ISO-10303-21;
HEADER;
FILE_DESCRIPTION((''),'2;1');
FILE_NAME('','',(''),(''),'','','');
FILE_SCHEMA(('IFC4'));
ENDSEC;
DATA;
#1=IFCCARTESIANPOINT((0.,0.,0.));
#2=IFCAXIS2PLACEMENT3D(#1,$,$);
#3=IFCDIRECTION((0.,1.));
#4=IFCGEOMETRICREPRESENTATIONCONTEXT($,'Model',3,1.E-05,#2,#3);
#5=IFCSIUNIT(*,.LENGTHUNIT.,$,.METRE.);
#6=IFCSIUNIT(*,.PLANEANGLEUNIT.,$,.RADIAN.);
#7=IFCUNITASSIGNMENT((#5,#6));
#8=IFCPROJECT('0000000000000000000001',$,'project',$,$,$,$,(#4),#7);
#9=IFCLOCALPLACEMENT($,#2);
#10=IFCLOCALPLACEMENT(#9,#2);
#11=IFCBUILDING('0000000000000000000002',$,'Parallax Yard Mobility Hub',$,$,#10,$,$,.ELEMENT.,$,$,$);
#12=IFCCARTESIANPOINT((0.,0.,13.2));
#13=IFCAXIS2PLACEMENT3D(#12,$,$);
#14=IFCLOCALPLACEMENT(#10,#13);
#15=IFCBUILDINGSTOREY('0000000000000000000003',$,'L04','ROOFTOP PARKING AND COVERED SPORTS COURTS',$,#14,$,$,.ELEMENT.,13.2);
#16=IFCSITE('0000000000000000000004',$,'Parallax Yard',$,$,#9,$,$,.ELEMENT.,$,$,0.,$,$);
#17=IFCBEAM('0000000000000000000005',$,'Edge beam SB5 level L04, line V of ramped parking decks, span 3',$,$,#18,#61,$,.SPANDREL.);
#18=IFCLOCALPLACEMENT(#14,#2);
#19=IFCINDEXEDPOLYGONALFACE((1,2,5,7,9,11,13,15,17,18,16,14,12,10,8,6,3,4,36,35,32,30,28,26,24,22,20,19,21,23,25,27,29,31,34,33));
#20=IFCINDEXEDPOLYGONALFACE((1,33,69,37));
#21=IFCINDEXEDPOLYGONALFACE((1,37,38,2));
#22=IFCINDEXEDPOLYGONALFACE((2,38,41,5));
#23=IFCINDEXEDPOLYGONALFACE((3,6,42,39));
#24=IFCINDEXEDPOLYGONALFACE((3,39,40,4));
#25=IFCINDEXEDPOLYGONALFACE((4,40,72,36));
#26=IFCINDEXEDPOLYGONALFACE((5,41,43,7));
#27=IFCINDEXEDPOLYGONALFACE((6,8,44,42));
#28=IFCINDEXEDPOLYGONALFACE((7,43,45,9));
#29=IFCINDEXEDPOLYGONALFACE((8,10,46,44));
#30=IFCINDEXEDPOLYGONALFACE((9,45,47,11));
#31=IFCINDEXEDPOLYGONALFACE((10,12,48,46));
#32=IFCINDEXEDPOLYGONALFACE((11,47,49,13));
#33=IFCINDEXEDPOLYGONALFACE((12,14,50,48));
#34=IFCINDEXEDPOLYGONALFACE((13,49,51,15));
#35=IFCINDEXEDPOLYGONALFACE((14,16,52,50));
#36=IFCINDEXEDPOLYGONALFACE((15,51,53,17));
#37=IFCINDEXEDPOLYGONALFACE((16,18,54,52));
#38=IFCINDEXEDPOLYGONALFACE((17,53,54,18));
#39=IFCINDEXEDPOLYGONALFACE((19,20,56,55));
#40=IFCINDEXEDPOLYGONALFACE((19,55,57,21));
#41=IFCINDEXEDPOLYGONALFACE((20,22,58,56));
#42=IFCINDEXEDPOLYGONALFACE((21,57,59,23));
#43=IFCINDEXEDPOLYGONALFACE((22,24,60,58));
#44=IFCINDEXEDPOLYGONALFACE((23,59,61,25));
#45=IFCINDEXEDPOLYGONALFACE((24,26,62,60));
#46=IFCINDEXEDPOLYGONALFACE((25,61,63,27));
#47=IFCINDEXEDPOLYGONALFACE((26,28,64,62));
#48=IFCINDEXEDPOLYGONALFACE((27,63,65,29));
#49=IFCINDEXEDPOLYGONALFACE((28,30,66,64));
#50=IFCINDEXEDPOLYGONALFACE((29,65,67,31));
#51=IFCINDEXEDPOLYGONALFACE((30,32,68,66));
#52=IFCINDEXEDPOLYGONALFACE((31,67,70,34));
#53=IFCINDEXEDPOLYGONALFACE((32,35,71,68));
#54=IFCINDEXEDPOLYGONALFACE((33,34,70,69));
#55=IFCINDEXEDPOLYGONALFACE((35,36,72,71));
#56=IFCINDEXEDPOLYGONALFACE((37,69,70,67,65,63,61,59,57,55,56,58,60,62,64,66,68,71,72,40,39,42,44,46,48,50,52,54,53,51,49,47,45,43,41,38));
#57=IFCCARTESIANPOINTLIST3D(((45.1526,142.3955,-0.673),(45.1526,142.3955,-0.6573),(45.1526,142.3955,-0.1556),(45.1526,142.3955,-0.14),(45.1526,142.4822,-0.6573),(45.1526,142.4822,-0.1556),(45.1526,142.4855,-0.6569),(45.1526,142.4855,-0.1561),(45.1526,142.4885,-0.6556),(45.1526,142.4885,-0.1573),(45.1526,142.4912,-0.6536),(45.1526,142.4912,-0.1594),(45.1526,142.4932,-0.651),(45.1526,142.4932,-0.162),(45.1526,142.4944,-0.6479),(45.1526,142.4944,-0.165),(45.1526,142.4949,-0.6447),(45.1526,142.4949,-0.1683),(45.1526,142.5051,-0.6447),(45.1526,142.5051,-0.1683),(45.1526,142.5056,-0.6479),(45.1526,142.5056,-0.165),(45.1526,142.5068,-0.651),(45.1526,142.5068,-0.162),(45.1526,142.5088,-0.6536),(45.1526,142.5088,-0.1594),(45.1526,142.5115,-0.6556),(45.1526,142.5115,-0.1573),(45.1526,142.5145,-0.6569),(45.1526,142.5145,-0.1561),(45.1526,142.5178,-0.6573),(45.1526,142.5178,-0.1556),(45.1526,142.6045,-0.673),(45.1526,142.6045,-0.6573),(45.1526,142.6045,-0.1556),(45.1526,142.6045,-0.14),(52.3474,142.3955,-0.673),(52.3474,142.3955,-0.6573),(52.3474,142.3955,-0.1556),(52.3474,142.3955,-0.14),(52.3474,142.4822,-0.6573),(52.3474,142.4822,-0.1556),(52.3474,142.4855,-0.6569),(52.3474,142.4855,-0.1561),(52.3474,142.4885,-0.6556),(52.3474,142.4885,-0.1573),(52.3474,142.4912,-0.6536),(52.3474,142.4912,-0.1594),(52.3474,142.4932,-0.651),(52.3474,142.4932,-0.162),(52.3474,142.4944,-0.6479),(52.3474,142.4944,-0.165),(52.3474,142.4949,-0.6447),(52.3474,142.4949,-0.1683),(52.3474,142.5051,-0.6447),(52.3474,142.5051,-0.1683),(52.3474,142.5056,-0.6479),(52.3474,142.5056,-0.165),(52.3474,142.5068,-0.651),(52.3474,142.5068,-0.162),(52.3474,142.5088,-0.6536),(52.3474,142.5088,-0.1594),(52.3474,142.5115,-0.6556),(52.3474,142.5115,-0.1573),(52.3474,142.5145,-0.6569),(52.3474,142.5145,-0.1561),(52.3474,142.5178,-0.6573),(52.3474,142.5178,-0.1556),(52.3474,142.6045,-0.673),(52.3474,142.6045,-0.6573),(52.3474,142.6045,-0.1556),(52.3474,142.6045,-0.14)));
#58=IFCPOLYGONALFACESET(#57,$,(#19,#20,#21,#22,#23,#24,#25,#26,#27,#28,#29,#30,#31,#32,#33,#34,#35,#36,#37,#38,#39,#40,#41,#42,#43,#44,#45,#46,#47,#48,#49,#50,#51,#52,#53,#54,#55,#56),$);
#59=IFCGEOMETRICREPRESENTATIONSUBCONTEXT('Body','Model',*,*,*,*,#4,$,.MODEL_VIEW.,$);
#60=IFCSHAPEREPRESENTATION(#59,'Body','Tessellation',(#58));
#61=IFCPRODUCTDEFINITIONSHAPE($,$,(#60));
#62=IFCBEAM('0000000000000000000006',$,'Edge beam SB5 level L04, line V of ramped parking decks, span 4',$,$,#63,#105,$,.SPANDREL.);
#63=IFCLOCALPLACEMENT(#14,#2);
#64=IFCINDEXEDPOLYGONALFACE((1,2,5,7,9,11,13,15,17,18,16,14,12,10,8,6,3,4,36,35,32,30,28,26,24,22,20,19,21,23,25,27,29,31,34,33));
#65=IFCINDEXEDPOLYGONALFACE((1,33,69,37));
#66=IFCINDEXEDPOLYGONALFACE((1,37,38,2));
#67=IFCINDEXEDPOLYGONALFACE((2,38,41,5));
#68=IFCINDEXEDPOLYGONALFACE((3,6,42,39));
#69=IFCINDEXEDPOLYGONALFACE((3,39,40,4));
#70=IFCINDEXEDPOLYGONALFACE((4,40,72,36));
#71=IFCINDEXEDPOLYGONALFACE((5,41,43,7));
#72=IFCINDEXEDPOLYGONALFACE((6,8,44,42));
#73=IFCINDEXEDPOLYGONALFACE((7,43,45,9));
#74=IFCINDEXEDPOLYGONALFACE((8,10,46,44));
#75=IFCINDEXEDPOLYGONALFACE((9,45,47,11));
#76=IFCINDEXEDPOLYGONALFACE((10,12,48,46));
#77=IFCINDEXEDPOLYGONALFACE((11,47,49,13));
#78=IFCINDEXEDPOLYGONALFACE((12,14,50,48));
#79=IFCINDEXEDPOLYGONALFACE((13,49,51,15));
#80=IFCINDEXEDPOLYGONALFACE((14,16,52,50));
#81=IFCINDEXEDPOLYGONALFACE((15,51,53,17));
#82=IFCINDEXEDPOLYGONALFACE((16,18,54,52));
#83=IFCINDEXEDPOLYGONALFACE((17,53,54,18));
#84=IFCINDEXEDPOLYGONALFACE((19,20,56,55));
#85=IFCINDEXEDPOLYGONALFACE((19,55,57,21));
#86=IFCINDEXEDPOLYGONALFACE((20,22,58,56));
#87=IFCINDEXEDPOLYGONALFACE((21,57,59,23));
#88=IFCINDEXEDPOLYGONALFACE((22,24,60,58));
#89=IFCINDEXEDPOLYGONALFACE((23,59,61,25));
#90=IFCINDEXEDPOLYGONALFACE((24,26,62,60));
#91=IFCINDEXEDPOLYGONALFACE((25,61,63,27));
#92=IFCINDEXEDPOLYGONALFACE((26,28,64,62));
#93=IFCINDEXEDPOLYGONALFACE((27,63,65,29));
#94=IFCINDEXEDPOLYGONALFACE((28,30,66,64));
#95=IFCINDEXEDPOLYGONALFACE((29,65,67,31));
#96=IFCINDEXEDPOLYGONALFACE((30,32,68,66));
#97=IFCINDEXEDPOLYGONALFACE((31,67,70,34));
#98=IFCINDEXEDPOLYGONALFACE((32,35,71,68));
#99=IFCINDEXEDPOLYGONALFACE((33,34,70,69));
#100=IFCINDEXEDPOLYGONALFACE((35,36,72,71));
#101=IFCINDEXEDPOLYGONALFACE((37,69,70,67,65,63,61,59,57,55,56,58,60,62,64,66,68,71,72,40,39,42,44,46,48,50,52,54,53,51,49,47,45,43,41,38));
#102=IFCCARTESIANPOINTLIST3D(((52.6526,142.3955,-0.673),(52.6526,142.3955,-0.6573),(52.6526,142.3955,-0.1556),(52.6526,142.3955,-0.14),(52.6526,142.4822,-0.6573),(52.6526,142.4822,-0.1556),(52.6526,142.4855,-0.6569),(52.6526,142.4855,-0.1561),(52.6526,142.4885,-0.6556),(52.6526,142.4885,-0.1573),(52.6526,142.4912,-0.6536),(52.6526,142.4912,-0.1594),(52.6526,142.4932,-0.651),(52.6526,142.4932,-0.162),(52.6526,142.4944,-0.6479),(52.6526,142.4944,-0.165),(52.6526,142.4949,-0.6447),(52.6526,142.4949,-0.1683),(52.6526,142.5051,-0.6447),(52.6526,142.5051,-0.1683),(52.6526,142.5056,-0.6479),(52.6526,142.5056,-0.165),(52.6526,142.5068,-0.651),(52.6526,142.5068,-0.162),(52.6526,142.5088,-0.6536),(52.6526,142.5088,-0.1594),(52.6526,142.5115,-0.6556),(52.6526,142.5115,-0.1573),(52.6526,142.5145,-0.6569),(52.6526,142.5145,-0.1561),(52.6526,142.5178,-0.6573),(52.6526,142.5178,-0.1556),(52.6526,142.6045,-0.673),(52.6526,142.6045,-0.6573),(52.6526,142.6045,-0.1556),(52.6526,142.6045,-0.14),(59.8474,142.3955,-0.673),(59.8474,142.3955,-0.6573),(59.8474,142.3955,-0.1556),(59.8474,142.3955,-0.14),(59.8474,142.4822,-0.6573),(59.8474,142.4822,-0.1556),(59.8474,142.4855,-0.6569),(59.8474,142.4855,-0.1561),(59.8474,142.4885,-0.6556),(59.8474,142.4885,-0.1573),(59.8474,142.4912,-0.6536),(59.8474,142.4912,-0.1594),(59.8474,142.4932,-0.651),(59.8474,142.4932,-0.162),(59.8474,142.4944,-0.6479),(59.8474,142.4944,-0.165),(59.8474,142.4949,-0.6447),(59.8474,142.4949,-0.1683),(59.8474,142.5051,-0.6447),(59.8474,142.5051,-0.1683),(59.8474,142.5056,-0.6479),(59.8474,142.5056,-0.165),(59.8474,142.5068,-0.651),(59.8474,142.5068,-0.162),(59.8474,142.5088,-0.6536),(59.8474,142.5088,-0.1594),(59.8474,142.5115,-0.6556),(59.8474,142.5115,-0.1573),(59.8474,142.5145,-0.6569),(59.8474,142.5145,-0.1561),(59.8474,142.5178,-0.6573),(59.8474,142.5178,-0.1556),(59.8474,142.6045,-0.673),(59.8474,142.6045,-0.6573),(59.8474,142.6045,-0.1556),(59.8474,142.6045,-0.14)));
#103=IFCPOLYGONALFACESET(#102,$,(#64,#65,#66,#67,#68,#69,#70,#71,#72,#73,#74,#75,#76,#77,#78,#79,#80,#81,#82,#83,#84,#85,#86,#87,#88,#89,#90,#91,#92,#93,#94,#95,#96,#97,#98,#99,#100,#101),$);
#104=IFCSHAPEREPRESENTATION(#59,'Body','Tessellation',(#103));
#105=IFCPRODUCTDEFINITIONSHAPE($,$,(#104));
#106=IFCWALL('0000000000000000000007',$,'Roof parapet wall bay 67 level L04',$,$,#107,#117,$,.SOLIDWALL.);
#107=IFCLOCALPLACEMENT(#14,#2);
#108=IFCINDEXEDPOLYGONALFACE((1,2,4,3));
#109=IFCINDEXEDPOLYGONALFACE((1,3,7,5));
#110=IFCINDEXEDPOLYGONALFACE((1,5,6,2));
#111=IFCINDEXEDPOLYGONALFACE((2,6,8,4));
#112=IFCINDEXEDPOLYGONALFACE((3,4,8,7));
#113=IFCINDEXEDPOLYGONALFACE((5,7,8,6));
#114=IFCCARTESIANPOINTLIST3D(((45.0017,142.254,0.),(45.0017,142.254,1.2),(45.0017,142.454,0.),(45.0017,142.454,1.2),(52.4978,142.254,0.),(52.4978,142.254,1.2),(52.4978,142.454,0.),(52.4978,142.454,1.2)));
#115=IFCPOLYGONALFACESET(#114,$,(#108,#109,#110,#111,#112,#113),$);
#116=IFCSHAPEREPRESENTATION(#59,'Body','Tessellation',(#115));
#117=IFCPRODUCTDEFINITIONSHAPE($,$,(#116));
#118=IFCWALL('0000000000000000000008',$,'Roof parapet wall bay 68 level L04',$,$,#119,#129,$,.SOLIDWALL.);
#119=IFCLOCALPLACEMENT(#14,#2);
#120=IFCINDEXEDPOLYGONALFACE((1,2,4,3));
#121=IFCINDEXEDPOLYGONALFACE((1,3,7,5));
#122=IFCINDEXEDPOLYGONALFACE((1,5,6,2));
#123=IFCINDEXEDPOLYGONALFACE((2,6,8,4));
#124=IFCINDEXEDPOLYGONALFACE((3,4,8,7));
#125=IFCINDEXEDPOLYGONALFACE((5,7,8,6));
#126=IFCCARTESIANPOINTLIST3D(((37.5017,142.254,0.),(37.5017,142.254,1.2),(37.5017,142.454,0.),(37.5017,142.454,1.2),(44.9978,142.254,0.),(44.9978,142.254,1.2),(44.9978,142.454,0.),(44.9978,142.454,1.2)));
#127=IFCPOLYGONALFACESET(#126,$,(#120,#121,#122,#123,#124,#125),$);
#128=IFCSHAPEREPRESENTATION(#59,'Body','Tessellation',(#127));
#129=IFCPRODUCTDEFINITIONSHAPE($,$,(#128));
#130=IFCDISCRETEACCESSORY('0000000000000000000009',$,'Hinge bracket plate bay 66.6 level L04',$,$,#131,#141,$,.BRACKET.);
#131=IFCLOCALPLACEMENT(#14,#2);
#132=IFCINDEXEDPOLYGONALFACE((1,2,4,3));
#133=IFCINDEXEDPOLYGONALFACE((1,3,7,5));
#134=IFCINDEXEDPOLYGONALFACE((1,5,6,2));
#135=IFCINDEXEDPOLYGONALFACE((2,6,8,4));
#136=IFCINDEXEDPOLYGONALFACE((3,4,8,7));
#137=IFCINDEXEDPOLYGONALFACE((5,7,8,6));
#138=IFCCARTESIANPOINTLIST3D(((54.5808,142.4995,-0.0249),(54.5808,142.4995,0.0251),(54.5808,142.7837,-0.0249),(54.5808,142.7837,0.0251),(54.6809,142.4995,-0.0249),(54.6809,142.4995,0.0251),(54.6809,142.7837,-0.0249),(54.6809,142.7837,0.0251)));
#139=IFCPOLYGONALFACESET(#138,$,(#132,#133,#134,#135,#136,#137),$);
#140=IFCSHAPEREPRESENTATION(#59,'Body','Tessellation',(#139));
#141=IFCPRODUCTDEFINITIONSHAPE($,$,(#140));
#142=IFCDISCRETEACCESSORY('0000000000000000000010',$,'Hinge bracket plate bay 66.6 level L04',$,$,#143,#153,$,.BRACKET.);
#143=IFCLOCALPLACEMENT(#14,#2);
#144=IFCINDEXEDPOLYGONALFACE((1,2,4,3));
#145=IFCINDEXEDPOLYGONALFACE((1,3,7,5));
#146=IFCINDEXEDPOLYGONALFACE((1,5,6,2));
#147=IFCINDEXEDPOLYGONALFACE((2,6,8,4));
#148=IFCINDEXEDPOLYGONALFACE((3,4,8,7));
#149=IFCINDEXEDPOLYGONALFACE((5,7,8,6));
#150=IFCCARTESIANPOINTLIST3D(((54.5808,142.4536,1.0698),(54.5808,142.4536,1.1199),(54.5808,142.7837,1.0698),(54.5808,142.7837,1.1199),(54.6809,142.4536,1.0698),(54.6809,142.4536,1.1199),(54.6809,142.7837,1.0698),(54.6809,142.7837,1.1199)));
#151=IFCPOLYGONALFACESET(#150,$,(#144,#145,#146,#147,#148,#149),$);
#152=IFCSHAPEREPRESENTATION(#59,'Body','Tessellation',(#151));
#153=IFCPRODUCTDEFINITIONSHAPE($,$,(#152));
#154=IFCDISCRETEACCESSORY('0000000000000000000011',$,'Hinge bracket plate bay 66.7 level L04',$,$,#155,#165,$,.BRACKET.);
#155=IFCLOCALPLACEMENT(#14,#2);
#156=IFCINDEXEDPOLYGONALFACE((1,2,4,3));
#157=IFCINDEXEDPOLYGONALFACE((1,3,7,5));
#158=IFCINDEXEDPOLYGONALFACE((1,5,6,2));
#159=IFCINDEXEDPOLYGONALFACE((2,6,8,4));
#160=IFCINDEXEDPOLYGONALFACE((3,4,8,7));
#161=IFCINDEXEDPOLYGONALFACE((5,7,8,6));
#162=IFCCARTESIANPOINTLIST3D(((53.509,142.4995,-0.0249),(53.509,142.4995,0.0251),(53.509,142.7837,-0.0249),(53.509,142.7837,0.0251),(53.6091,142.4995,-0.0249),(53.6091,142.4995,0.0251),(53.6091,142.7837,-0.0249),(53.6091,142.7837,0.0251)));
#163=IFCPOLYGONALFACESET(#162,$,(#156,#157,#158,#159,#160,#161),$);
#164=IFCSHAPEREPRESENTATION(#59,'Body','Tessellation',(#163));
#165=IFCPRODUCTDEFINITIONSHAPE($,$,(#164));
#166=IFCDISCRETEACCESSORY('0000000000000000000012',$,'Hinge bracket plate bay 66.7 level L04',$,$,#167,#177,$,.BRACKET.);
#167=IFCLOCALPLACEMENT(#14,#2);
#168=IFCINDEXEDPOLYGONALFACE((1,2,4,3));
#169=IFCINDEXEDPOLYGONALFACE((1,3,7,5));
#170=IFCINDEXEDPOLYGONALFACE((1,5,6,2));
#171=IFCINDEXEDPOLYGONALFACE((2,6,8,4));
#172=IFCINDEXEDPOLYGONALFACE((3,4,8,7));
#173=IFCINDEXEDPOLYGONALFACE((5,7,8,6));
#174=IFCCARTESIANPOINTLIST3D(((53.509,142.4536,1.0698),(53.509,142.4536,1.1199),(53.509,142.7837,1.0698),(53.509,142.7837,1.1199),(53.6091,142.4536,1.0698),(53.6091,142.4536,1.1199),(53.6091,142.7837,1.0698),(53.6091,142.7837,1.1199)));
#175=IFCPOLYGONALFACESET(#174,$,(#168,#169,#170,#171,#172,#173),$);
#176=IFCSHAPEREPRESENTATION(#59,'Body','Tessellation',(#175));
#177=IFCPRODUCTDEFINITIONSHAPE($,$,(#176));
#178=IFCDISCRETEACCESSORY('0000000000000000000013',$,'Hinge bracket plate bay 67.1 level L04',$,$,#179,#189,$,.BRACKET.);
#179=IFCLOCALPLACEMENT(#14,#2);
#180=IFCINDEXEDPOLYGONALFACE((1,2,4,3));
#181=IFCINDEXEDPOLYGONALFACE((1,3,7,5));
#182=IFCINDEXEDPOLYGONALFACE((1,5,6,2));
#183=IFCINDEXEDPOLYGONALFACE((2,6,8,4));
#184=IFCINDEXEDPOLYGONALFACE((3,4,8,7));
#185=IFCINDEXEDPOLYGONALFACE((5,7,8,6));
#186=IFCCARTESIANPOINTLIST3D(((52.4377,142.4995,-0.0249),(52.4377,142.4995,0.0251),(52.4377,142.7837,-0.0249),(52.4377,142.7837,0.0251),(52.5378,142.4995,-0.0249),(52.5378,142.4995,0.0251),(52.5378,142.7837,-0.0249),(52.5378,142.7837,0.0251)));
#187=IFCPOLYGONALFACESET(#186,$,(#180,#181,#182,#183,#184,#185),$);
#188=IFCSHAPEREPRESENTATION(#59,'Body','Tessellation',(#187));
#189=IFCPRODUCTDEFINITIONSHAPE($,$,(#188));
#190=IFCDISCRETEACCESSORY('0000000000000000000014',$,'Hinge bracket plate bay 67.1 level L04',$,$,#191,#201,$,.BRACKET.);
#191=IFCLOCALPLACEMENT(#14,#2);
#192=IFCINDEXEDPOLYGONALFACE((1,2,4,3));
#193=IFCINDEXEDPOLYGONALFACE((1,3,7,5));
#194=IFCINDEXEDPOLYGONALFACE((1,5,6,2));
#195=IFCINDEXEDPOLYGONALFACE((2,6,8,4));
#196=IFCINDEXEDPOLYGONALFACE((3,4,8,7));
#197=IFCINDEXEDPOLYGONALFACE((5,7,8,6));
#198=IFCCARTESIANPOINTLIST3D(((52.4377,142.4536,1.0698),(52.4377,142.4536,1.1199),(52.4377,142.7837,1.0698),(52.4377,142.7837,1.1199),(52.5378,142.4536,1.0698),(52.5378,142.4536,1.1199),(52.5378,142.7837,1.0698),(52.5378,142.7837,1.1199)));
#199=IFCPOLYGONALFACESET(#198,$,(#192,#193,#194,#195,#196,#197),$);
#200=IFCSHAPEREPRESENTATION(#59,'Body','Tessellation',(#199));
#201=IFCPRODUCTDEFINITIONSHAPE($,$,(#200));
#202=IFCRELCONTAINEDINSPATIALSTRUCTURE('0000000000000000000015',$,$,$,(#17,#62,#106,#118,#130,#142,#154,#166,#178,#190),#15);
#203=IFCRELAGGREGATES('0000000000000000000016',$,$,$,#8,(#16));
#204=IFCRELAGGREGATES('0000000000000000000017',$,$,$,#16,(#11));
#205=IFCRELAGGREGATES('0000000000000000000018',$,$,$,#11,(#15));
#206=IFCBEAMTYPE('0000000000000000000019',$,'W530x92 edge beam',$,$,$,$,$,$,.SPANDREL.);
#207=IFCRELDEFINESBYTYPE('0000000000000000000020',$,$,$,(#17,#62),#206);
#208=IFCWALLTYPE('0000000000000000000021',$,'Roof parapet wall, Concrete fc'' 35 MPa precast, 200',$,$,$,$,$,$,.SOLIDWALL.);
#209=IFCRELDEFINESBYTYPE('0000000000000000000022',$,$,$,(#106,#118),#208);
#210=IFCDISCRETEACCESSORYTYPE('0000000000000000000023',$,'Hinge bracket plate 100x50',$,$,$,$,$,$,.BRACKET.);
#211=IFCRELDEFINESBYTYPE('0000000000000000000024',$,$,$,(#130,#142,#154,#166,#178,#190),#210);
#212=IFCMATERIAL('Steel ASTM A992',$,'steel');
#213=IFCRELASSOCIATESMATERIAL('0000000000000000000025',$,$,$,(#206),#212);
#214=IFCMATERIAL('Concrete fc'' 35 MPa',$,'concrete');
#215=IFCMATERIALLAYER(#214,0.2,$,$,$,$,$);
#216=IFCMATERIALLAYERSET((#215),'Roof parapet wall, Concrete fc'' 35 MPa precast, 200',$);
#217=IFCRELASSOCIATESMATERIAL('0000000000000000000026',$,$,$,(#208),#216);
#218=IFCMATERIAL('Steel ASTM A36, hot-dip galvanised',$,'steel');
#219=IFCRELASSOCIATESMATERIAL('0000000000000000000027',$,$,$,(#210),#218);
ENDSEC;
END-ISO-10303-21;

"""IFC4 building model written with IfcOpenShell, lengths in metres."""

from ifc_helpers import new_model, si_unit, direction, frame, frame_2d, origin, origin_2d, place, context, subcontext, project, spatial, rectangle, i_section, extrude, material, layer, layer_set, material_profile, profile_set, type_object, element, save


model = new_model("IFC4")

# Units and contexts
model_context = context("Model", 3, precision=1e-05, world=origin(), true_north=direction((0.0, 1.0)))
body_context = subcontext(model_context, "Body", "Model", "MODEL_VIEW")
ifc_project = project(units=[si_unit("LENGTHUNIT", "METRE"), si_unit("PLANEANGLEUNIT", "RADIAN")], contexts=[model_context])

# Site, building, storey
site_placement = place(None, origin())
site = spatial("IfcSite", under=ifc_project, at=site_placement, Name="Parallax Yard", CompositionType="ELEMENT", RefElevation=0.0)
building_placement = place(site_placement, origin())
building = spatial("IfcBuilding", under=site, at=building_placement, Name="Parallax Yard Mobility Hub", CompositionType="ELEMENT")
storey_placement = place(building_placement, frame((0.0, 0.0, 13.2)))
storey = spatial("IfcBuildingStorey", under=building, at=storey_placement, Name="L04", Description="ROOFTOP PARKING AND COVERED SPORTS COURTS", CompositionType="ELEMENT", Elevation=13.2)

# Beams
ifc_material_1 = material(Name="Steel ASTM A992", Category="steel")
ifc_material_profile_1 = material_profile(ifc_material_1, i_section(OverallWidth=0.209, OverallDepth=0.533, WebThickness=0.0103, FlangeThickness=0.0156, FilletRadius=0.0127, at=origin_2d()), Name="W530x92")
ifc_profile_set_1 = profile_set([ifc_material_profile_1], Name="Steel ASTM A992")
beam_type = type_object("IfcBeamType", Name="W530x92 edge beam", PredefinedType="SPANDREL", material=ifc_profile_set_1)
for number, where, z_axis, x_axis, name in (
    (1, (45.1526, 142.5, -0.4065), (1.0, 0.0, 0.0), (0.0, 1.0, 0.0), "Edge beam SB5 level L04, line V of ramped parking decks, span 3"),
    (2, (52.6526, 142.5, -0.4065), (1.0, 0.0, 0.0), (0.0, 1.0, 0.0), "Edge beam SB5 level L04, line V of ramped parking decks, span 4"),
):
    element("IfcBeam", number, at=place(storey_placement, frame(where, z_axis=z_axis, x_axis=x_axis)), inside=storey, type_object=beam_type, Name=name, PredefinedType="SPANDREL", context=body_context, shape_type="SweptSolid", body=[
        extrude(i_section(OverallWidth=0.209, OverallDepth=0.533, WebThickness=0.0103, FlangeThickness=0.0156, FilletRadius=0.0127, at=origin_2d()), origin(), (0.0, 0.0, 1.0), 7.1948),
    ])

# Walls
ifc_material_2 = material(Name="Concrete fc' 35 MPa", Category="concrete")
ifc_layer = layer(ifc_material_2, 0.2)
ifc_layer_set = layer_set([ifc_layer], Name="Roof parapet wall, Concrete fc' 35 MPa precast, 200")
wall_type = type_object("IfcWallType", Name="Roof parapet wall, Concrete fc' 35 MPa precast, 200", PredefinedType="SOLIDWALL", material=ifc_layer_set)
for number, where, z_axis, x_axis, name in (
    (3, (52.4978, 142.354, 0.0), (0.0, 0.0, 1.0), (-1.0, 0.0, 0.0), "Roof parapet wall bay 67 level L04"),
    (4, (44.9978, 142.354, 0.0), (0.0, 0.0, 1.0), (-1.0, 0.0, 0.0), "Roof parapet wall bay 68 level L04"),
):
    element("IfcWall", number, at=place(storey_placement, frame(where, z_axis=z_axis, x_axis=x_axis)), inside=storey, type_object=wall_type, Name=name, PredefinedType="SOLIDWALL", context=body_context, shape_type="SweptSolid", body=[
        extrude(rectangle(XDim=7.4961, YDim=0.2, at=frame_2d((3.748, 0.0))), origin(), (0.0, 0.0, 1.0), 1.2),
    ])

# Discrete accessories
ifc_material_3 = material(Name="Steel ASTM A36, hot-dip galvanised", Category="steel")
discrete_accessory_type_1 = type_object("IfcDiscreteAccessoryType", Name="Hinge bracket plate 100x50", PredefinedType="BRACKET", material=ifc_material_3)
discrete_accessory_1_placement = place(storey_placement, frame((54.6309, 142.6416, -0.0249), z_axis=(0.0, 0.0, 1.0), x_axis=(0.0, 1.0, 0.0)))
element("IfcDiscreteAccessory", 5, at=discrete_accessory_1_placement, inside=storey, type_object=discrete_accessory_type_1, Name="Hinge bracket plate bay 66.6 level L04", PredefinedType="BRACKET", context=body_context, shape_type="SweptSolid", body=[
    extrude(rectangle(XDim=0.2842, YDim=0.1001, at=origin_2d()), origin(), (0.0, 0.0, 1.0), 0.05),
])
discrete_accessory_2_placement = place(storey_placement, frame((54.6309, 142.6187, 1.0698), z_axis=(0.0, 0.0, 1.0), x_axis=(0.0, 1.0, 0.0)))
element("IfcDiscreteAccessory", 6, at=discrete_accessory_2_placement, inside=storey, type_object=discrete_accessory_type_1, Name="Hinge bracket plate bay 66.6 level L04", PredefinedType="BRACKET", context=body_context, shape_type="SweptSolid", body=[
    extrude(rectangle(XDim=0.3301, YDim=0.1001, at=origin_2d()), origin(), (0.0, 0.0, 1.0), 0.05),
])
discrete_accessory_3_placement = place(storey_placement, frame((53.5591, 142.6416, -0.0249), z_axis=(0.0, 0.0, 1.0), x_axis=(0.0, 1.0, 0.0)))
element("IfcDiscreteAccessory", 7, at=discrete_accessory_3_placement, inside=storey, type_object=discrete_accessory_type_1, Name="Hinge bracket plate bay 66.7 level L04", PredefinedType="BRACKET", context=body_context, shape_type="SweptSolid", body=[
    extrude(rectangle(XDim=0.2842, YDim=0.1001, at=origin_2d()), origin(), (0.0, 0.0, 1.0), 0.05),
])
discrete_accessory_4_placement = place(storey_placement, frame((53.5591, 142.6187, 1.0698), z_axis=(0.0, 0.0, 1.0), x_axis=(0.0, 1.0, 0.0)))
element("IfcDiscreteAccessory", 8, at=discrete_accessory_4_placement, inside=storey, type_object=discrete_accessory_type_1, Name="Hinge bracket plate bay 66.7 level L04", PredefinedType="BRACKET", context=body_context, shape_type="SweptSolid", body=[
    extrude(rectangle(XDim=0.3301, YDim=0.1001, at=origin_2d()), origin(), (0.0, 0.0, 1.0), 0.05),
])
discrete_accessory_5_placement = place(storey_placement, frame((52.4878, 142.6416, -0.0249), z_axis=(0.0, 0.0, 1.0), x_axis=(0.0, 1.0, 0.0)))
element("IfcDiscreteAccessory", 9, at=discrete_accessory_5_placement, inside=storey, type_object=discrete_accessory_type_1, Name="Hinge bracket plate bay 67.1 level L04", PredefinedType="BRACKET", context=body_context, shape_type="SweptSolid", body=[
    extrude(rectangle(XDim=0.2842, YDim=0.1001, at=origin_2d()), origin(), (0.0, 0.0, 1.0), 0.05),
])
discrete_accessory_6_placement = place(storey_placement, frame((52.4878, 142.6187, 1.0698), z_axis=(0.0, 0.0, 1.0), x_axis=(0.0, 1.0, 0.0)))
element("IfcDiscreteAccessory", 10, at=discrete_accessory_6_placement, inside=storey, type_object=discrete_accessory_type_1, Name="Hinge bracket plate bay 67.1 level L04", PredefinedType="BRACKET", context=body_context, shape_type="SweptSolid", body=[
    extrude(rectangle(XDim=0.3301, YDim=0.1001, at=origin_2d()), origin(), (0.0, 0.0, 1.0), 0.05),
])

save(model, "model.ifc")
